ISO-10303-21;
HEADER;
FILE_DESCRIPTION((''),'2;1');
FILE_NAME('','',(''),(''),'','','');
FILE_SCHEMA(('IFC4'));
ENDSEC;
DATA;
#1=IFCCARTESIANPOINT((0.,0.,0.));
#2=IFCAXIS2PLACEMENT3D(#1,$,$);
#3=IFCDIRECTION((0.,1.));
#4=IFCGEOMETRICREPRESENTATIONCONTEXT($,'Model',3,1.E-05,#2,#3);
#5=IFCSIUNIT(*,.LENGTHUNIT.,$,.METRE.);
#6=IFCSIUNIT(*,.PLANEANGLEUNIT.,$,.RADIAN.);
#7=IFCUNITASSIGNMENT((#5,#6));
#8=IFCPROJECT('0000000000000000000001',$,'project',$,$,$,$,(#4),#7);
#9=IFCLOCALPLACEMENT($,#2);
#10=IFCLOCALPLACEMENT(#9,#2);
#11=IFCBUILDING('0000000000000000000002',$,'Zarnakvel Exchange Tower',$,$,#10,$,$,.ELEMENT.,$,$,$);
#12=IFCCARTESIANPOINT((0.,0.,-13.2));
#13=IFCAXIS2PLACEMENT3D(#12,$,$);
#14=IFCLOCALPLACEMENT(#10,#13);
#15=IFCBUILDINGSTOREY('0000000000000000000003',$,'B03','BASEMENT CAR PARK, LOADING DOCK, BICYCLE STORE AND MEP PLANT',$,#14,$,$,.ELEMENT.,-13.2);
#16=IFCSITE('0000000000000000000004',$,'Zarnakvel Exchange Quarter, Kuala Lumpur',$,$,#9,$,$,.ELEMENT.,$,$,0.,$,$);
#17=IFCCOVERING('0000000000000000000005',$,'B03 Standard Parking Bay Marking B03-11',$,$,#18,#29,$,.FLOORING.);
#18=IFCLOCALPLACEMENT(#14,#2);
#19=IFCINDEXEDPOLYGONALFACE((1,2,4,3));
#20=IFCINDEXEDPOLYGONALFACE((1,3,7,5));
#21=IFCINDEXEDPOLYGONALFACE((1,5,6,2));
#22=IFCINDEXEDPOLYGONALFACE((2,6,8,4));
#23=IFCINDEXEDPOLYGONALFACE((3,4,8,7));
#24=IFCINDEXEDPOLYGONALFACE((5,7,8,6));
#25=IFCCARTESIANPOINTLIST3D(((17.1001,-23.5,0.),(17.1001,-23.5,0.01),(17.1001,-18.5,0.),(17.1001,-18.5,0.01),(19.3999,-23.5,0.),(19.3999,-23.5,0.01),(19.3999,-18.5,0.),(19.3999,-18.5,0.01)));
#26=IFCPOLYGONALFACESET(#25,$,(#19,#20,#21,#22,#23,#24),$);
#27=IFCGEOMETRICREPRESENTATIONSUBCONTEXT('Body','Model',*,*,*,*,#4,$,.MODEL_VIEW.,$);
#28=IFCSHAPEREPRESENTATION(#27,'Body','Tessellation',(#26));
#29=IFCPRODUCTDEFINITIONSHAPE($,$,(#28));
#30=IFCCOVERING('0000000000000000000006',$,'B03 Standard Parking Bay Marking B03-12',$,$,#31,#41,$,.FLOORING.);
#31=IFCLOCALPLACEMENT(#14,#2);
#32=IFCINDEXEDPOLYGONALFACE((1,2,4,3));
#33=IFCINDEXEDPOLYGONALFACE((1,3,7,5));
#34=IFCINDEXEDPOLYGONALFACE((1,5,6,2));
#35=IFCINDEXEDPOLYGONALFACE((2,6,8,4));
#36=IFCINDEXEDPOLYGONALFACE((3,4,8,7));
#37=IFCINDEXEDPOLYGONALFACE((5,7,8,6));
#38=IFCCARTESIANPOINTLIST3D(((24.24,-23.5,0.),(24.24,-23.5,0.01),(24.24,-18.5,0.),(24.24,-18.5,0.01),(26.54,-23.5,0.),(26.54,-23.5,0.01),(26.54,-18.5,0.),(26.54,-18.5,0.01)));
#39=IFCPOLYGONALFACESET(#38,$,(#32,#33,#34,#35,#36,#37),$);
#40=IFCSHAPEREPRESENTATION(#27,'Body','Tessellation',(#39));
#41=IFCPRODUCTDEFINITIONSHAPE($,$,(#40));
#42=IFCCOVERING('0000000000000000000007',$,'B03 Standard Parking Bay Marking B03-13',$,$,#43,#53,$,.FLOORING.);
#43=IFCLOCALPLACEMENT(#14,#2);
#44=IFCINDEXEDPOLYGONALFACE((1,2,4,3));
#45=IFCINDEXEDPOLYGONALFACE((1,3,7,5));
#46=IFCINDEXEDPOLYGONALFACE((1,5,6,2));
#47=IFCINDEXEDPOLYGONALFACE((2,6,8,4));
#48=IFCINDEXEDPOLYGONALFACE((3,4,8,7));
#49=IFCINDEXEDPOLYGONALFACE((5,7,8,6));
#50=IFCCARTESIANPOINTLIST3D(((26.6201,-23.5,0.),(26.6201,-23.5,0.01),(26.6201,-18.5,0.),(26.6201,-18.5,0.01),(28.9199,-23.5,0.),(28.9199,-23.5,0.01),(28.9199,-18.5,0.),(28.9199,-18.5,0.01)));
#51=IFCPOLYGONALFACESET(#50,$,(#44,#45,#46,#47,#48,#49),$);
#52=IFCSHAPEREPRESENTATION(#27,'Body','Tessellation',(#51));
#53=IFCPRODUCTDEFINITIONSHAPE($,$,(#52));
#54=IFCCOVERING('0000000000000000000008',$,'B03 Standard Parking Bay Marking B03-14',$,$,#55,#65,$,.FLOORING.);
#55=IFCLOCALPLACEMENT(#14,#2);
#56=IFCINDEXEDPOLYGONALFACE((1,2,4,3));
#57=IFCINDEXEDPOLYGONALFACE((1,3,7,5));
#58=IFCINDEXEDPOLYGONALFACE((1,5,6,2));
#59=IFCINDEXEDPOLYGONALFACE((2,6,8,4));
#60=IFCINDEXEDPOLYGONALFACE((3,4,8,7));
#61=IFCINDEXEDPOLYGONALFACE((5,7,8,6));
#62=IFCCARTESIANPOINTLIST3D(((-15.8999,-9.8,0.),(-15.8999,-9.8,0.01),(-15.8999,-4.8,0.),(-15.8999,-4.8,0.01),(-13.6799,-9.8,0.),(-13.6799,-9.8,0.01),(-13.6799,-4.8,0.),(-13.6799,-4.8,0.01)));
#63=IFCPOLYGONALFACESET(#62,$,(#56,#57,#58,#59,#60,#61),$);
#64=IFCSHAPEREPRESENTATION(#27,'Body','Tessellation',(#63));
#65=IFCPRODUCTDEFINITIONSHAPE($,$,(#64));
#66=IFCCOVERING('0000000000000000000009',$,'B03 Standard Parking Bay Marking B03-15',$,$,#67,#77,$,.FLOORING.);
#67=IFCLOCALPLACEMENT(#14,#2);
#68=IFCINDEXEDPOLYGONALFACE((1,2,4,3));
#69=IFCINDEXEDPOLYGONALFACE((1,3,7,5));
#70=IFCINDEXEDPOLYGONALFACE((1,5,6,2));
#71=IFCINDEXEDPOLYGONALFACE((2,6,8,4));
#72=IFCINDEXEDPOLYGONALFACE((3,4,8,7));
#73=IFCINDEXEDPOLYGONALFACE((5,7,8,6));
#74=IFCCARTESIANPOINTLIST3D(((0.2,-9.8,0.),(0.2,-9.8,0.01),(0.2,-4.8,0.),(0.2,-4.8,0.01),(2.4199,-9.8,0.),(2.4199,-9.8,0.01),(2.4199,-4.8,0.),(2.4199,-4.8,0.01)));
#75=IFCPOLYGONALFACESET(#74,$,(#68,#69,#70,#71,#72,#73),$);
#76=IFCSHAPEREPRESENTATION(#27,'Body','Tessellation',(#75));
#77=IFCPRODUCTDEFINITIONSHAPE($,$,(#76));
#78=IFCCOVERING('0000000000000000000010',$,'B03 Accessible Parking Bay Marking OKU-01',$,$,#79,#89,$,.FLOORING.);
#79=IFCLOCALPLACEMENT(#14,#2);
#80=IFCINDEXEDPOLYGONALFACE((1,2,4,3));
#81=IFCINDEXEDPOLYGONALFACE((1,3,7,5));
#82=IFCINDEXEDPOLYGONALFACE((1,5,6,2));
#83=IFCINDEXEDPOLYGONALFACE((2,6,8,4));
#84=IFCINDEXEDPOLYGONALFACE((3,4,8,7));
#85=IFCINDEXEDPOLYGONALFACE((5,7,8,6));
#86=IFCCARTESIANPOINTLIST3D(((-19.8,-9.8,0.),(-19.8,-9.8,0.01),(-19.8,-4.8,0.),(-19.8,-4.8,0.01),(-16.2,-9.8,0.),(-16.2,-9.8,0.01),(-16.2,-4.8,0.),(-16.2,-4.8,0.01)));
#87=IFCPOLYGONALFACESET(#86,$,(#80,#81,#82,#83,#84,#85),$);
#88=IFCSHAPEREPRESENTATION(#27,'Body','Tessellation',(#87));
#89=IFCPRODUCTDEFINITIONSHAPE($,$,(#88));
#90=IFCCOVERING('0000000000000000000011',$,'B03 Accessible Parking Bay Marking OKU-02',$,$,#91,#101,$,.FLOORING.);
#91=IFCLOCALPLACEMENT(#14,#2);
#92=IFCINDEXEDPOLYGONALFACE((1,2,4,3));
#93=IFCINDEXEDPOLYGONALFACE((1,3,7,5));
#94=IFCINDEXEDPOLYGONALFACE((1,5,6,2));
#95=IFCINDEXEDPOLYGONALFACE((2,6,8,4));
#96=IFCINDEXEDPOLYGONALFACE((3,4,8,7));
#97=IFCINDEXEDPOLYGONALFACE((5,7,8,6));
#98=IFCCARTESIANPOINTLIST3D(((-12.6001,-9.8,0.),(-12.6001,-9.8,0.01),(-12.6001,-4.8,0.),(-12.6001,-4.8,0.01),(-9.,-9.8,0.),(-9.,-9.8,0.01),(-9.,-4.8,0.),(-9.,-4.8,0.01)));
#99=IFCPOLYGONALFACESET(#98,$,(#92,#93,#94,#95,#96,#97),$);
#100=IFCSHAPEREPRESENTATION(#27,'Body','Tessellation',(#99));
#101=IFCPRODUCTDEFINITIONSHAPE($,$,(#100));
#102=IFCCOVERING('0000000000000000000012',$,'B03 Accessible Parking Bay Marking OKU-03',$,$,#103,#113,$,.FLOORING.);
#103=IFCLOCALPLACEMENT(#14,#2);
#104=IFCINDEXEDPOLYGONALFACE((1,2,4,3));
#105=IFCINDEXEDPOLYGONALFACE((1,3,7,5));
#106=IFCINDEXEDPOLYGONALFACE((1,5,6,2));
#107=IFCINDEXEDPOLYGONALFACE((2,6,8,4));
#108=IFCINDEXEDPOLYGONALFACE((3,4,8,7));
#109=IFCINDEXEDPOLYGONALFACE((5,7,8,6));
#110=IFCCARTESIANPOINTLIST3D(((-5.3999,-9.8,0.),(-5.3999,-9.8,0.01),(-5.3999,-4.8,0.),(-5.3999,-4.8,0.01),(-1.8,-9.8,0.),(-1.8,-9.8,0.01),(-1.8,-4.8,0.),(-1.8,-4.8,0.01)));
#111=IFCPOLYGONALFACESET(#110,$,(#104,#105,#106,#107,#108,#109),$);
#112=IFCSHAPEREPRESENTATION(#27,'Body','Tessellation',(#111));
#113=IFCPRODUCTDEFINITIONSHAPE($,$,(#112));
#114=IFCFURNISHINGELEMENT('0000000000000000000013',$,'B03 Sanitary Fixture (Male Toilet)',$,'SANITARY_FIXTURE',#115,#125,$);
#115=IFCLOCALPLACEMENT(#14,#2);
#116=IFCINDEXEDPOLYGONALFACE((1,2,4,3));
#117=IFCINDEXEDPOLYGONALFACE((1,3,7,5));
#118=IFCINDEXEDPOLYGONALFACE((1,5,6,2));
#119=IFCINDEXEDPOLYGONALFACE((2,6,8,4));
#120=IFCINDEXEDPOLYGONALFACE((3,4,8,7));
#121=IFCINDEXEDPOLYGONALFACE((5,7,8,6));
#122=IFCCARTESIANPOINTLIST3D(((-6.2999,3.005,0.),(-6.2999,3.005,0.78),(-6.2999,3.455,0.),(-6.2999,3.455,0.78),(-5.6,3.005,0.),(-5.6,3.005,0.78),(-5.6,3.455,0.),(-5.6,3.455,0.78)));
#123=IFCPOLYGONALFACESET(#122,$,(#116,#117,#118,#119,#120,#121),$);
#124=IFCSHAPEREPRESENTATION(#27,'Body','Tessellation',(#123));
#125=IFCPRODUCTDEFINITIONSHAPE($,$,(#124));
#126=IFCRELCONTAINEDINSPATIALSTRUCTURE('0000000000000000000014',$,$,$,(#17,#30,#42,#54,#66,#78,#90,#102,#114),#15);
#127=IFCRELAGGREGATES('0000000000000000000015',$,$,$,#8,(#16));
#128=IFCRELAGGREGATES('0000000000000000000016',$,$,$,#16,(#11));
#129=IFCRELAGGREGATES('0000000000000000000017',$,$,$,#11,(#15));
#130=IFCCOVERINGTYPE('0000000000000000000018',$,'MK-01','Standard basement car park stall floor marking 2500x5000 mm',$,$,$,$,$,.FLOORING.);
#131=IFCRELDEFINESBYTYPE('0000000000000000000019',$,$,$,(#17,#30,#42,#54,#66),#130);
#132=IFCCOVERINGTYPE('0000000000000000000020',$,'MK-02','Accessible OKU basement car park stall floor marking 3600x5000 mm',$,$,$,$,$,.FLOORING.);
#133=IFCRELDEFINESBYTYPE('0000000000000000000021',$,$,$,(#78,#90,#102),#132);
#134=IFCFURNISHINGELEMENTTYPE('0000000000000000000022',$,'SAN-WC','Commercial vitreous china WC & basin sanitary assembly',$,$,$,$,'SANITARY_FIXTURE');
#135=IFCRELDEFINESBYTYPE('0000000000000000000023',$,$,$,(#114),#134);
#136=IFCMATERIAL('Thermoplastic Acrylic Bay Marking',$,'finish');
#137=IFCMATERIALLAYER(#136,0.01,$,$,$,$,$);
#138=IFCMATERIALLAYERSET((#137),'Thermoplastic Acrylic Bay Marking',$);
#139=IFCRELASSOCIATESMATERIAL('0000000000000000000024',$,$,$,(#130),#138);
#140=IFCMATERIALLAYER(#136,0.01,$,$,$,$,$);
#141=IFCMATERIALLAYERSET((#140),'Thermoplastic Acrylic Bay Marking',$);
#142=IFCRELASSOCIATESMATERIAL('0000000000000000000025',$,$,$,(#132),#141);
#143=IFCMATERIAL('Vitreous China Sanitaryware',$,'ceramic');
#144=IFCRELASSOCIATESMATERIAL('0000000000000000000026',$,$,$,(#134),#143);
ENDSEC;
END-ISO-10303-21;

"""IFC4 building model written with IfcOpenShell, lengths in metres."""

from ifc_helpers import new_model, si_unit, direction, frame, origin, origin_2d, place, context, subcontext, project, spatial, polyline, rectangle, outline, extrude, source, transform, mapped, material, layer, layer_set, type_object, element, save


model = new_model("IFC4")

# Units and contexts
model_context = context("Model", 3, precision=1e-05, world=origin(), true_north=direction((0.0, 1.0)))
body_context = subcontext(model_context, "Body", "Model", "MODEL_VIEW")
ifc_project = project(units=[si_unit("LENGTHUNIT", "METRE"), si_unit("PLANEANGLEUNIT", "RADIAN")], contexts=[model_context])

# Site, building, storey
site_placement = place(None, origin())
site = spatial("IfcSite", under=ifc_project, at=site_placement, Name="Zarnakvel Exchange Quarter, Kuala Lumpur", CompositionType="ELEMENT", RefElevation=0.0)
building_placement = place(site_placement, origin())
building = spatial("IfcBuilding", under=site, at=building_placement, Name="Zarnakvel Exchange Tower", CompositionType="ELEMENT")
storey_placement = place(building_placement, frame((0.0, 0.0, -13.2)))
storey = spatial("IfcBuildingStorey", under=building, at=storey_placement, Name="B03", Description="BASEMENT CAR PARK, LOADING DOCK, BICYCLE STORE AND MEP PLANT", CompositionType="ELEMENT", Elevation=-13.2)

# Coverings
ifc_material_1 = material(Name="Thermoplastic Acrylic Bay Marking", Category="finish")
ifc_layer_1 = layer(ifc_material_1, 0.01)
ifc_layer_set_1 = layer_set([ifc_layer_1], Name="Thermoplastic Acrylic Bay Marking")
covering_type_1 = type_object("IfcCoveringType", Name="MK-01", Description="Standard basement car park stall floor marking 2500x5000 mm", PredefinedType="FLOORING", material=ifc_layer_set_1)
covering_1_placement = place(storey_placement, origin())
element("IfcCovering", 1, at=covering_1_placement, inside=storey, type_object=covering_type_1, Name="B03 Standard Parking Bay Marking B03-11", PredefinedType="FLOORING", context=body_context, shape_type="SweptSolid", body=[
    extrude(outline(polyline([(17.1001, -23.5), (19.3999, -23.5), (19.3999, -18.5), (17.1001, -18.5), (17.1001, -23.5)])), origin(), (0.0, 0.0, 1.0), 0.01),
])
covering_2_placement = place(storey_placement, origin())
element("IfcCovering", 2, at=covering_2_placement, inside=storey, type_object=covering_type_1, Name="B03 Standard Parking Bay Marking B03-12", PredefinedType="FLOORING", context=body_context, shape_type="SweptSolid", body=[
    extrude(outline(polyline([(24.24, -23.5), (26.54, -23.5), (26.54, -18.5), (24.24, -18.5), (24.24, -23.5)])), origin(), (0.0, 0.0, 1.0), 0.01),
])
covering_3_placement = place(storey_placement, origin())
element("IfcCovering", 3, at=covering_3_placement, inside=storey, type_object=covering_type_1, Name="B03 Standard Parking Bay Marking B03-13", PredefinedType="FLOORING", context=body_context, shape_type="SweptSolid", body=[
    extrude(outline(polyline([(26.6201, -23.5), (28.9199, -23.5), (28.9199, -18.5), (26.6201, -18.5), (26.6201, -23.5)])), origin(), (0.0, 0.0, 1.0), 0.01),
])
covering_4_placement = place(storey_placement, origin())
element("IfcCovering", 4, at=covering_4_placement, inside=storey, type_object=covering_type_1, Name="B03 Standard Parking Bay Marking B03-14", PredefinedType="FLOORING", context=body_context, shape_type="SweptSolid", body=[
    extrude(outline(polyline([(-15.8999, -9.8), (-13.6799, -9.8), (-13.6799, -4.8), (-15.8999, -4.8), (-15.8999, -9.8)])), origin(), (0.0, 0.0, 1.0), 0.01),
])
covering_5_placement = place(storey_placement, origin())
element("IfcCovering", 5, at=covering_5_placement, inside=storey, type_object=covering_type_1, Name="B03 Standard Parking Bay Marking B03-15", PredefinedType="FLOORING", context=body_context, shape_type="SweptSolid", body=[
    extrude(outline(polyline([(0.2, -9.8), (2.4199, -9.8), (2.4199, -4.8), (0.2, -4.8), (0.2, -9.8)])), origin(), (0.0, 0.0, 1.0), 0.01),
])
ifc_layer_2 = layer(ifc_material_1, 0.01)
ifc_layer_set_2 = layer_set([ifc_layer_2], Name="Thermoplastic Acrylic Bay Marking")
covering_type_2 = type_object("IfcCoveringType", Name="MK-02", Description="Accessible OKU basement car park stall floor marking 3600x5000 mm", PredefinedType="FLOORING", material=ifc_layer_set_2)
covering_6_placement = place(storey_placement, origin())
element("IfcCovering", 6, at=covering_6_placement, inside=storey, type_object=covering_type_2, Name="B03 Accessible Parking Bay Marking OKU-01", PredefinedType="FLOORING", context=body_context, shape_type="SweptSolid", body=[
    extrude(outline(polyline([(-19.8, -9.8), (-16.2, -9.8), (-16.2, -4.8), (-19.8, -4.8), (-19.8, -9.8)])), origin(), (0.0, 0.0, 1.0), 0.01),
])
covering_7_placement = place(storey_placement, origin())
element("IfcCovering", 7, at=covering_7_placement, inside=storey, type_object=covering_type_2, Name="B03 Accessible Parking Bay Marking OKU-02", PredefinedType="FLOORING", context=body_context, shape_type="SweptSolid", body=[
    extrude(outline(polyline([(-12.6001, -9.8), (-9.0, -9.8), (-9.0, -4.8), (-12.6001, -4.8), (-12.6001, -9.8)])), origin(), (0.0, 0.0, 1.0), 0.01),
])
covering_8_placement = place(storey_placement, origin())
element("IfcCovering", 8, at=covering_8_placement, inside=storey, type_object=covering_type_2, Name="B03 Accessible Parking Bay Marking OKU-03", PredefinedType="FLOORING", context=body_context, shape_type="SweptSolid", body=[
    extrude(outline(polyline([(-5.3999, -9.8), (-1.8, -9.8), (-1.8, -4.8), (-5.3999, -4.8), (-5.3999, -9.8)])), origin(), (0.0, 0.0, 1.0), 0.01),
])

# Furnishing element
ifc_material_2 = material(Name="Vitreous China Sanitaryware", Category="ceramic")
furnishing_element_type = type_object("IfcFurnishingElementType", Name="SAN-WC", Description="Commercial vitreous china WC & basin sanitary assembly", ElementType="SANITARY_FIXTURE", material=ifc_material_2)
shared_shape_1 = source(origin(), body_context, "Body", "SweptSolid", [
    extrude(rectangle(XDim=0.7, YDim=0.45, at=origin_2d()), origin(), (0.0, 0.0, 1.0), 0.78),
])
furnishing_placement = place(storey_placement, frame((-5.95, 3.23, 0.0), z_axis=(0.0, 0.0, 1.0), x_axis=(1.0, 0.0, 0.0)))
element("IfcFurnishingElement", 9, at=furnishing_placement, inside=storey, type_object=furnishing_element_type, Name="B03 Sanitary Fixture (Male Toilet)", ObjectType="SANITARY_FIXTURE", context=body_context, shape_type="MappedRepresentation", body=[
    mapped(shared_shape_1, transform((0.0, 0.0, 0.0), x_axis=(1.0, 0.0, 0.0), y_axis=(0.0, 1.0, 0.0), z_axis=(0.0, 0.0, 1.0), scale=1.0)),
])

save(model, "model.ifc")
